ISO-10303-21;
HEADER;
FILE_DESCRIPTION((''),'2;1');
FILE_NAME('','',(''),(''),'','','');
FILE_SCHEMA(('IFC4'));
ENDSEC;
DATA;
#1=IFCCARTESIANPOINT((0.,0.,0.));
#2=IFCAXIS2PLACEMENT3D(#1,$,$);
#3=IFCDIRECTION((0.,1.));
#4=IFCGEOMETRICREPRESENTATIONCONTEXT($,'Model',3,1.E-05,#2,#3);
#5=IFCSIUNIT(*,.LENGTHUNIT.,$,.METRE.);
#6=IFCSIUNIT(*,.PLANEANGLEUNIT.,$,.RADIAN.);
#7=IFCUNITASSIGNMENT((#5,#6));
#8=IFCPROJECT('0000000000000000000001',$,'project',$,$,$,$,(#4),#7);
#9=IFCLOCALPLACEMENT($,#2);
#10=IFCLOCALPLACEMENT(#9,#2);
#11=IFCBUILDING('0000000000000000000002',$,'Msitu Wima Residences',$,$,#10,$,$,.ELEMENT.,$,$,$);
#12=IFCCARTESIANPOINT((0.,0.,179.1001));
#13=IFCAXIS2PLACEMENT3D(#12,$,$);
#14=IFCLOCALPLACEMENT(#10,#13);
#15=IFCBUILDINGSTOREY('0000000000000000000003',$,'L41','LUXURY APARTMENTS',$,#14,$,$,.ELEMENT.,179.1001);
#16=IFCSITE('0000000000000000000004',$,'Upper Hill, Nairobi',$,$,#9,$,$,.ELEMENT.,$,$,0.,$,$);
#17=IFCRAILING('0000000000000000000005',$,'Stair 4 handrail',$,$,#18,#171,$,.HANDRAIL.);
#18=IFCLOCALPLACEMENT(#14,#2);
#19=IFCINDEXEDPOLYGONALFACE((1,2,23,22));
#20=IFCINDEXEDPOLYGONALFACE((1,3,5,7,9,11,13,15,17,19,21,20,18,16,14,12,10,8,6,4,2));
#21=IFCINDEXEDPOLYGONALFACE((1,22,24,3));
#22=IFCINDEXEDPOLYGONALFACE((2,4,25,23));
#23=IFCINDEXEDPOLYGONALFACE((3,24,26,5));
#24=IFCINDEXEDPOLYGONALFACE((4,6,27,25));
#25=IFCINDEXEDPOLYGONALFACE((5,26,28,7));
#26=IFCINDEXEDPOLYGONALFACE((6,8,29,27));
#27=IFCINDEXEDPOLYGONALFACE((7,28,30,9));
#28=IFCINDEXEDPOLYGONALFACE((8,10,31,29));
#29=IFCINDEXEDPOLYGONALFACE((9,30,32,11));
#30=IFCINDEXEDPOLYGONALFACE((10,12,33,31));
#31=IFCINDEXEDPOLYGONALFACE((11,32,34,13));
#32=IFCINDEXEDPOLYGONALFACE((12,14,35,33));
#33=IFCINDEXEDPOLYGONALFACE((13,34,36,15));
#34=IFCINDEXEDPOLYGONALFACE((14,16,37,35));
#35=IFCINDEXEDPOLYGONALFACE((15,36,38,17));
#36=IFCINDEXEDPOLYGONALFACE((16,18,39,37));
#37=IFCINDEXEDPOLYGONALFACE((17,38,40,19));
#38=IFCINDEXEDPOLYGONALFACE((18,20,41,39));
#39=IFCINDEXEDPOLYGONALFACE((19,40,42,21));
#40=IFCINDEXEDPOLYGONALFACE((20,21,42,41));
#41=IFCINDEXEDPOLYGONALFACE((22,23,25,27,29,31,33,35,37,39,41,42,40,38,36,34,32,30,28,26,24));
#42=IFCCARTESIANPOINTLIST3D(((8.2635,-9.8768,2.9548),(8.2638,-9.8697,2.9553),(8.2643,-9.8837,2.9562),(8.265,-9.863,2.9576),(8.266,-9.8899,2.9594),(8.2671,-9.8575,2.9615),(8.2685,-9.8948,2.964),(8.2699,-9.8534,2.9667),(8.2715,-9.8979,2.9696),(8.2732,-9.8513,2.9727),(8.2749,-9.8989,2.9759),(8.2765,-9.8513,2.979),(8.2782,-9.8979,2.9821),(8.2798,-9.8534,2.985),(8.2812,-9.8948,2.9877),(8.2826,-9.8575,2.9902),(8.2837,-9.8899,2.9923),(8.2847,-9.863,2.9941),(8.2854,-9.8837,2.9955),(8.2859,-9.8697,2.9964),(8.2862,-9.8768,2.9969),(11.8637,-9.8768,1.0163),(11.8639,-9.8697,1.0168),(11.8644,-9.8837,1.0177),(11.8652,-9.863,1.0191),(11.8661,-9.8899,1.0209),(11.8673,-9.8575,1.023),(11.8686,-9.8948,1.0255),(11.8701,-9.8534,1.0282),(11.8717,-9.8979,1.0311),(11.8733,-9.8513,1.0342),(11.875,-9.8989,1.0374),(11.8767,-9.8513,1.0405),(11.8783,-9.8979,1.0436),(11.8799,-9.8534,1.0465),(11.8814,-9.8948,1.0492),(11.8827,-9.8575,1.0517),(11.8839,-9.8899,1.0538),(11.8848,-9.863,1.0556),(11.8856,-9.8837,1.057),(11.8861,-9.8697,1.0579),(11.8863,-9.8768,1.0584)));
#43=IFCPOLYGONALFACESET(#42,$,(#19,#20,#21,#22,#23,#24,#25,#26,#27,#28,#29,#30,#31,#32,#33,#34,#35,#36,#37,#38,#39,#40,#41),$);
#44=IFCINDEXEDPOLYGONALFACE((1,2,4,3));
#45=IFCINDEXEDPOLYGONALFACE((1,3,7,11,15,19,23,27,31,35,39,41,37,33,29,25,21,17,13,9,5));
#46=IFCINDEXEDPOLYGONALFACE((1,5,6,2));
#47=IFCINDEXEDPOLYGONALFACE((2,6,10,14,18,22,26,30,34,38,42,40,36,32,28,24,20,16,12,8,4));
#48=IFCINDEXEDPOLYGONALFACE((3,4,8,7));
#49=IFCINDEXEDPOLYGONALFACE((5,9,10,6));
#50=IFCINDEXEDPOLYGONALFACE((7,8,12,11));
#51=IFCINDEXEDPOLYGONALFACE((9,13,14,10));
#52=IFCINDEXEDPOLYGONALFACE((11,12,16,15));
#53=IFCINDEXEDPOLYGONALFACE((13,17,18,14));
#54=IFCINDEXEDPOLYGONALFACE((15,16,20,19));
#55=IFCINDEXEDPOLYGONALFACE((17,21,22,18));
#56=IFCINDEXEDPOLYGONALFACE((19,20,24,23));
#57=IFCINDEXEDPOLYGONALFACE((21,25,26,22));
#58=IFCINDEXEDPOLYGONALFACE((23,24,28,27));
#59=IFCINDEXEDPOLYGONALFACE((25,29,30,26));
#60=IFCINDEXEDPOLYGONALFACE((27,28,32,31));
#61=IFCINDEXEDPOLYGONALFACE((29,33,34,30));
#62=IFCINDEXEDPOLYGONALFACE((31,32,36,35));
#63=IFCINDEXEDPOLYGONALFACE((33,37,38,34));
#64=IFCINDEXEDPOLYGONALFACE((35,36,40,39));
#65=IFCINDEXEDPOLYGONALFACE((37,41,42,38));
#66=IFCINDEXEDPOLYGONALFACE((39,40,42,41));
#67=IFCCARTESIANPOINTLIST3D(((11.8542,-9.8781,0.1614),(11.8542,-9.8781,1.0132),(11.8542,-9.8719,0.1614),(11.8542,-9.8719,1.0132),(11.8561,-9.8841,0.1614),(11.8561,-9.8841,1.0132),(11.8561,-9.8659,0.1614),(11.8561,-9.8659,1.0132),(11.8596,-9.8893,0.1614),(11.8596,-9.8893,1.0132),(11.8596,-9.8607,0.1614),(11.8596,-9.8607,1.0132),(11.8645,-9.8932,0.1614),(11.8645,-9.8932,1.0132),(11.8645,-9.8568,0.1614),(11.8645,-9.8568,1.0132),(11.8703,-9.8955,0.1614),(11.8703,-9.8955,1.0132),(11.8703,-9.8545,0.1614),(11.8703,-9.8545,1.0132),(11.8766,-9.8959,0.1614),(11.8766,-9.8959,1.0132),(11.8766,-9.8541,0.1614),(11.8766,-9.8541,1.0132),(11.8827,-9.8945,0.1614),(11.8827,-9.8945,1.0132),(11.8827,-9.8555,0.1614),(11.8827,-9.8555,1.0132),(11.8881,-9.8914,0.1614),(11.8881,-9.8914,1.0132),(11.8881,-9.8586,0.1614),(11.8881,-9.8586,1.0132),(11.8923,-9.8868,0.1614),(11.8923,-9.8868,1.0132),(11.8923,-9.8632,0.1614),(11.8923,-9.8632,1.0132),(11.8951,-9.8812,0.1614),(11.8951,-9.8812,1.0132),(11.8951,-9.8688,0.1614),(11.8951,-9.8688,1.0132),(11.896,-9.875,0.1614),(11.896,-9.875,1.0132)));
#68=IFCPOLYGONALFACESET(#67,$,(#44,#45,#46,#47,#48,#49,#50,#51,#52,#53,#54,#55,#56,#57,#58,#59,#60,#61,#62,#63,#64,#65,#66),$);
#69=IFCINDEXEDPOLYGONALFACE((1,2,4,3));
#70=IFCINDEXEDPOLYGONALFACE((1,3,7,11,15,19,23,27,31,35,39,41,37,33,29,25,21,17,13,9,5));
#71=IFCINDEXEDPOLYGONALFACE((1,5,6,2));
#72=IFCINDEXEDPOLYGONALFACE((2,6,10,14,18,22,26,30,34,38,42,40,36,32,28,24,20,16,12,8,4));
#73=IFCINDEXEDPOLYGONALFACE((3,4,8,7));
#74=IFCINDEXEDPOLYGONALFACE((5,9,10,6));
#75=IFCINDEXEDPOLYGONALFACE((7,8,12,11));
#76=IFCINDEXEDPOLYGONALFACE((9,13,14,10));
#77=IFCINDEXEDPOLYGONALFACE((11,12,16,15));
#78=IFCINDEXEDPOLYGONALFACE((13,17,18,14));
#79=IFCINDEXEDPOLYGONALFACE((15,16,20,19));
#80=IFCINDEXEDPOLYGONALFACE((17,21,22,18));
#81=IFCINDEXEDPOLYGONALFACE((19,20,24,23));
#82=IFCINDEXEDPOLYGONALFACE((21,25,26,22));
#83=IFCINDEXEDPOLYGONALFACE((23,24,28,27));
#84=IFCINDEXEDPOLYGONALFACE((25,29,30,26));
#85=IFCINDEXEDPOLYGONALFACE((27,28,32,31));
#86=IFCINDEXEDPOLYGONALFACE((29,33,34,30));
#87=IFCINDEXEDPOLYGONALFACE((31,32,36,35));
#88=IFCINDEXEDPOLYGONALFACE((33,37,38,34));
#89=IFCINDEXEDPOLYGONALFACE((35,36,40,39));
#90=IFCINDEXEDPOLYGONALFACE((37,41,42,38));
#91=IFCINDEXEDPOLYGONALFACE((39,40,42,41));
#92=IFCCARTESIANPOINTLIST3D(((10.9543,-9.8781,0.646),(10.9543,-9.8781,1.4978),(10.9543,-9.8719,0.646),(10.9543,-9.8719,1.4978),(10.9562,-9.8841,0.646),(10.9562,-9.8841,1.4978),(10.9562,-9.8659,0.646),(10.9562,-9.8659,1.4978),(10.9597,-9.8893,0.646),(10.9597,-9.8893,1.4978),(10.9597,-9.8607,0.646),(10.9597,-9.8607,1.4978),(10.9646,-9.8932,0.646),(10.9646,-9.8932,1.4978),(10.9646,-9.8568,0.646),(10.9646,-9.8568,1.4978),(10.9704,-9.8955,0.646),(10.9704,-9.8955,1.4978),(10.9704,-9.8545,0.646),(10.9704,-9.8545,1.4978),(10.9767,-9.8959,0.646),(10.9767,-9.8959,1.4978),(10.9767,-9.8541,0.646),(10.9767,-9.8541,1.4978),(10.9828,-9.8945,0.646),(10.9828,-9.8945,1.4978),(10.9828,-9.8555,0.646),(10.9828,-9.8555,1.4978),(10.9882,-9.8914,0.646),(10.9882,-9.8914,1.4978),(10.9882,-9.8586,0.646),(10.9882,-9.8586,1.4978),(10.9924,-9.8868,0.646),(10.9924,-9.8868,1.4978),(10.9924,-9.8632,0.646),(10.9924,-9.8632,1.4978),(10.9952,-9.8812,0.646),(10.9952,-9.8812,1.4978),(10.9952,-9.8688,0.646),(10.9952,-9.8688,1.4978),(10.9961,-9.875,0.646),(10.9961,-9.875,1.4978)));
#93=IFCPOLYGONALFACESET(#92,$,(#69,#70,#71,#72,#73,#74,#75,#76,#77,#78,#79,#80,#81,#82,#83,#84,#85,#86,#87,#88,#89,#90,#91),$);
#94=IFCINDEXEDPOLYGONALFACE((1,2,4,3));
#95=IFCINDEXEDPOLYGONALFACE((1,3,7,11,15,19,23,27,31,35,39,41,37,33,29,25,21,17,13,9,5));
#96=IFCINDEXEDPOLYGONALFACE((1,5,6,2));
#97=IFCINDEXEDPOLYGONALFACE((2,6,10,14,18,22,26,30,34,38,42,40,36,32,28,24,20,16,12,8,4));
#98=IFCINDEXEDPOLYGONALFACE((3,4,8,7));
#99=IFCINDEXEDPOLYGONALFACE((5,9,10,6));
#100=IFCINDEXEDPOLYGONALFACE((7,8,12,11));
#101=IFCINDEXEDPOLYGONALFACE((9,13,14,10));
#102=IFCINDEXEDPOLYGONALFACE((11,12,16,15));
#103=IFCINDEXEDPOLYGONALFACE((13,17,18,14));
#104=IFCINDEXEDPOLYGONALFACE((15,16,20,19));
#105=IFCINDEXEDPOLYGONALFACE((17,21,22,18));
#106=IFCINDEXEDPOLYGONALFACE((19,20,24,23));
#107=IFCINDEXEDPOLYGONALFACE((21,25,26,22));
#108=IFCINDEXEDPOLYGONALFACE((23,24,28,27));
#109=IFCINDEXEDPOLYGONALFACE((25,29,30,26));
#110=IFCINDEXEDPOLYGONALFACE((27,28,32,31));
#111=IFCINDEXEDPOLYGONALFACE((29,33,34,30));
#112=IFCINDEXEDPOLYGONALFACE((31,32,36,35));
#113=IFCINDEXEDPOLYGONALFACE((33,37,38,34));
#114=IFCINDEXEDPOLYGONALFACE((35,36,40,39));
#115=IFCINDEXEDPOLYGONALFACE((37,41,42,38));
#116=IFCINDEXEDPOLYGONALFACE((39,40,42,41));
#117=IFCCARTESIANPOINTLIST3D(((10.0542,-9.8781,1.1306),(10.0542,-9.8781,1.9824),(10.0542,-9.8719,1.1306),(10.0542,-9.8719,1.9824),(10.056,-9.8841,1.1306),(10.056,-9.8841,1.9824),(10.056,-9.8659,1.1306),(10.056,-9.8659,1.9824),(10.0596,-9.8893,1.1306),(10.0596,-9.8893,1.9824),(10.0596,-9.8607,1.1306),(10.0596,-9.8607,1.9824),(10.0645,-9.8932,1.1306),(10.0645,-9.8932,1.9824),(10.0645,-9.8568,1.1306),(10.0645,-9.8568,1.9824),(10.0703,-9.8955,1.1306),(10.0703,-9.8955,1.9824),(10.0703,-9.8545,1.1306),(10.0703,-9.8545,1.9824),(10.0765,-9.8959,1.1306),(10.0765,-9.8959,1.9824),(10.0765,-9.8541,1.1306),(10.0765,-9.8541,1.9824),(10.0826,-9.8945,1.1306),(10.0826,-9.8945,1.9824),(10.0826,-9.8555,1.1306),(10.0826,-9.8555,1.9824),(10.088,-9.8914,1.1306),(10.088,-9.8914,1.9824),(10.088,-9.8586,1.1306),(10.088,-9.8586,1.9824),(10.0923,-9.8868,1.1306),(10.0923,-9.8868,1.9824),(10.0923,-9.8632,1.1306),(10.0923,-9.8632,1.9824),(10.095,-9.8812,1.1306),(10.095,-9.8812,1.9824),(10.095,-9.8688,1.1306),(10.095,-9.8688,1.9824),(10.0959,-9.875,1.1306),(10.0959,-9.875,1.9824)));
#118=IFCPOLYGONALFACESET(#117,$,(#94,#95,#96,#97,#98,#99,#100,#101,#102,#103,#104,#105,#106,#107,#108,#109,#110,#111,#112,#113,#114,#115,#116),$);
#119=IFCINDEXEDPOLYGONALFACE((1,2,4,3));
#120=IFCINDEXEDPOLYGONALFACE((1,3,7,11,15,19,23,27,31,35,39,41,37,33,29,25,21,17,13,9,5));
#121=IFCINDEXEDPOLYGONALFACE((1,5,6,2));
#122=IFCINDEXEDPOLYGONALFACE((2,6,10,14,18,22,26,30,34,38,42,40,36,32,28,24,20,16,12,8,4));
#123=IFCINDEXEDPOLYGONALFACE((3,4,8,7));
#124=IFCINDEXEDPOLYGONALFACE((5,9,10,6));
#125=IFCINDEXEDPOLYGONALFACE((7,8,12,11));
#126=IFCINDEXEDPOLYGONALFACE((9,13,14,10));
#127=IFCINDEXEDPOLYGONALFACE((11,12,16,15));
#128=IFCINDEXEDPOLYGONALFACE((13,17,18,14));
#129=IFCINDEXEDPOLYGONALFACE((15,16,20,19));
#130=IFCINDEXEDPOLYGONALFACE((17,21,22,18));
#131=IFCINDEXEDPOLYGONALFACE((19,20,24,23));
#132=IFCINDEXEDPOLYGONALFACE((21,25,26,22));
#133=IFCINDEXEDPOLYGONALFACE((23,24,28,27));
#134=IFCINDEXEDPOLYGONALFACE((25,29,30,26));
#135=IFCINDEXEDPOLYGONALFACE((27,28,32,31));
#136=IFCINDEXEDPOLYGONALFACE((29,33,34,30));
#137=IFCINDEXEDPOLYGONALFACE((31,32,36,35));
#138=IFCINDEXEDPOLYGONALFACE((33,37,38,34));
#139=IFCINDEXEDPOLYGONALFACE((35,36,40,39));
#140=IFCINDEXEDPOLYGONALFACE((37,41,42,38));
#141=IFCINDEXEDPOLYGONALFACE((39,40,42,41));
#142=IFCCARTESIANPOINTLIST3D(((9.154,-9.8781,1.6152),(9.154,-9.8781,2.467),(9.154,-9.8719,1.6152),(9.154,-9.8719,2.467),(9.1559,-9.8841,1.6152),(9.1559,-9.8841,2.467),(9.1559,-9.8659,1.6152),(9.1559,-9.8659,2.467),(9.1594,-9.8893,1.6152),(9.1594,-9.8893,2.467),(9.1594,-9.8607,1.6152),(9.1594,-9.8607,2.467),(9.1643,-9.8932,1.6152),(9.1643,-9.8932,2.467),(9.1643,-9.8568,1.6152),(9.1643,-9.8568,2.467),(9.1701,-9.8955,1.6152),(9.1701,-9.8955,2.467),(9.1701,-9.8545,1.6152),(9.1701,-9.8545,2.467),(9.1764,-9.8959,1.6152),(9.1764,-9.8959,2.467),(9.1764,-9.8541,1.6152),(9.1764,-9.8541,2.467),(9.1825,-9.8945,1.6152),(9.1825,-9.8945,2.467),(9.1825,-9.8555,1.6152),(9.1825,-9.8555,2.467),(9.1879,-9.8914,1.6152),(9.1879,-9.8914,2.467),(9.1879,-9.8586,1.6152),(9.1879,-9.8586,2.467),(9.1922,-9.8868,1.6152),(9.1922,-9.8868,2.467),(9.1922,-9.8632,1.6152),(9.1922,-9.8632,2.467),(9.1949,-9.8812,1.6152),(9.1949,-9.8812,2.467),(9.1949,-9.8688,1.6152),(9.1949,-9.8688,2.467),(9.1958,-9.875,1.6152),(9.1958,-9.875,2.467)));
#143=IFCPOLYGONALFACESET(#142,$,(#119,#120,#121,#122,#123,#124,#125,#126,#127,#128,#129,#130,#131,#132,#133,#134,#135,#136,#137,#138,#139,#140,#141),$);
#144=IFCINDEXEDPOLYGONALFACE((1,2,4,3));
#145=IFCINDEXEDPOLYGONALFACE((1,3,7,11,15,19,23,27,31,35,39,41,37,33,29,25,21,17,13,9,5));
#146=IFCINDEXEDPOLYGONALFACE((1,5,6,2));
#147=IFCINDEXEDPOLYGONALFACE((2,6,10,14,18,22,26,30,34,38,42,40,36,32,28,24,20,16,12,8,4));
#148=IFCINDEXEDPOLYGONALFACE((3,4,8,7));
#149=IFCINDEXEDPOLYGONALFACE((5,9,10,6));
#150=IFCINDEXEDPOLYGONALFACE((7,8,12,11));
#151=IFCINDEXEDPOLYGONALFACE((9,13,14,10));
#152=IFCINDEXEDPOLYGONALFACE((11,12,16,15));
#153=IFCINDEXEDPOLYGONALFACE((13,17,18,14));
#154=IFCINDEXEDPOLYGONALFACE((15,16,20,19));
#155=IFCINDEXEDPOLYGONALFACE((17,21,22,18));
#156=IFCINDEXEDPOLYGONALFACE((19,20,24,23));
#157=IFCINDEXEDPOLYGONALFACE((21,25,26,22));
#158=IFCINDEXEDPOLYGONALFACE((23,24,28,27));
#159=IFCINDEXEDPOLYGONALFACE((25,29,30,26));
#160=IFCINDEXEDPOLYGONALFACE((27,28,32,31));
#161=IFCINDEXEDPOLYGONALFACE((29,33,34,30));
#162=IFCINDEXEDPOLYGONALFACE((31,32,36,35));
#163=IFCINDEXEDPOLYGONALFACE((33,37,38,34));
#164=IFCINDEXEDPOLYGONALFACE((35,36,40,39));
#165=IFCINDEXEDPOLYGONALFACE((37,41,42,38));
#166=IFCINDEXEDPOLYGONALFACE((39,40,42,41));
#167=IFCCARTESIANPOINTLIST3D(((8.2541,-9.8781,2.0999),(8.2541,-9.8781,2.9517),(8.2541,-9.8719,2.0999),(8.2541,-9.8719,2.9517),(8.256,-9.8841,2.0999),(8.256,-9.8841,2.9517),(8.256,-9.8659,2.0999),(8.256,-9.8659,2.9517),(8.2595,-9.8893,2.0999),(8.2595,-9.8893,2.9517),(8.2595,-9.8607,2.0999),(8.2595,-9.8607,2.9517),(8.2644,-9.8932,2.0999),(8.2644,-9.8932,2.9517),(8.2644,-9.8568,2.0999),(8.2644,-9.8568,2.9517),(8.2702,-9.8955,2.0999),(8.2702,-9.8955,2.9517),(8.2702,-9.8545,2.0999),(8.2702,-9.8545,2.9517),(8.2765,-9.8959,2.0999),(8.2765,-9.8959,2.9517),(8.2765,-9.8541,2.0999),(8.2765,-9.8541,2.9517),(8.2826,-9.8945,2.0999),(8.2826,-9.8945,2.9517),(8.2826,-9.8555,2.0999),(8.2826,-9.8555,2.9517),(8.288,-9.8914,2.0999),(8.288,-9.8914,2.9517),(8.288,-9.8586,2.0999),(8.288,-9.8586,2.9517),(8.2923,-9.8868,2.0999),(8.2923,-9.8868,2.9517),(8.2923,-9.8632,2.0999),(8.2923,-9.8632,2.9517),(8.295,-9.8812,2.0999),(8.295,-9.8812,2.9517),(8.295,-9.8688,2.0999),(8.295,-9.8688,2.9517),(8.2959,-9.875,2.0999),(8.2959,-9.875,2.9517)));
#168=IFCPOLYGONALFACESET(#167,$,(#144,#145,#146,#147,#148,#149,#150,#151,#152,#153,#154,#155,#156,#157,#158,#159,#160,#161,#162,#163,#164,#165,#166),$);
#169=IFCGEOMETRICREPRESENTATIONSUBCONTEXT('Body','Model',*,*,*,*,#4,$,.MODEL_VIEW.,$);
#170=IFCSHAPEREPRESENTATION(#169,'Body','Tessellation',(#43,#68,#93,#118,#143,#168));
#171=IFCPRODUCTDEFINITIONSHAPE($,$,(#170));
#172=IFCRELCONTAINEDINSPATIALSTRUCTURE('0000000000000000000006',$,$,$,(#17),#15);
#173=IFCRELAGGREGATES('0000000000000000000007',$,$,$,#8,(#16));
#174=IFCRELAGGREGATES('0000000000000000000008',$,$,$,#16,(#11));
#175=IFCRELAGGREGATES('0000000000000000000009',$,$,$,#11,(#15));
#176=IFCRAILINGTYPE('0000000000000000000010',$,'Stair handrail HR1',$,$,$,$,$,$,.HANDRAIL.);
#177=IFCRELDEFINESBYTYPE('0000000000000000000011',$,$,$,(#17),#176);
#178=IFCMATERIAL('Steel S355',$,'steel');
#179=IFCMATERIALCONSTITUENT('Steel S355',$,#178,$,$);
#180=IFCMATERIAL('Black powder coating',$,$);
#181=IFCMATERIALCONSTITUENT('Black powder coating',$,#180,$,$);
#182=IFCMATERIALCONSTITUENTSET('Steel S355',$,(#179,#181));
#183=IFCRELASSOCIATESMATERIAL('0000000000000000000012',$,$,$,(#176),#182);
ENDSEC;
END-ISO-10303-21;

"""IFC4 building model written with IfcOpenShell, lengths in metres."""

from ifc_helpers import new_model, si_unit, direction, frame, origin, origin_2d, place, context, subcontext, project, spatial, circle, extrude, material, constituent, constituent_set, type_object, element, save


model = new_model("IFC4")

# Units and contexts
model_context = context("Model", 3, precision=1e-05, world=origin(), true_north=direction((0.0, 1.0)))
body_context = subcontext(model_context, "Body", "Model", "MODEL_VIEW")
ifc_project = project(units=[si_unit("LENGTHUNIT", "METRE"), si_unit("PLANEANGLEUNIT", "RADIAN")], contexts=[model_context])

# Site, building, storey
site_placement = place(None, origin())
site = spatial("IfcSite", under=ifc_project, at=site_placement, Name="Upper Hill, Nairobi", CompositionType="ELEMENT", RefElevation=0.0)
building_placement = place(site_placement, origin())
building = spatial("IfcBuilding", under=site, at=building_placement, Name="Msitu Wima Residences", CompositionType="ELEMENT")
storey_placement = place(building_placement, frame((0.0, 0.0, 179.1001)))
storey = spatial("IfcBuildingStorey", under=building, at=storey_placement, Name="L41", Description="LUXURY APARTMENTS", CompositionType="ELEMENT", Elevation=179.1001)

# Railing
ifc_material_1 = material(Name="Steel S355", Category="steel")
ifc_constituent_1 = constituent(ifc_material_1, Name="Steel S355")
ifc_material_2 = material(Name="Black powder coating")
ifc_constituent_2 = constituent(ifc_material_2, Name="Black powder coating")
ifc_constituent_set = constituent_set(constituents=[ifc_constituent_1, ifc_constituent_2], Name="Steel S355")
railing_type = type_object("IfcRailingType", Name="Stair handrail HR1", PredefinedType="HANDRAIL", material=ifc_constituent_set)
for number, where, name in (
    (1, (11.875, -9.875, 0.1614), "Stair 4 handrail"),
):
    element("IfcRailing", number, at=place(storey_placement, frame(where)), inside=storey, type_object=railing_type, Name=name, PredefinedType="HANDRAIL", context=body_context, shape_type="SweptSolid", body=[
        extrude(circle(Radius=0.0239, at=origin_2d()), frame((0.0, 0.0, 0.876), z_axis=(-0.880475, 0.0, 0.474093), x_axis=(0.0, -1.0, 0.0)), (0.0, 0.0, 1.0), 4.0889),
        extrude(circle(Radius=0.021, at=origin_2d()), origin(), (0.0, 0.0, 1.0), 0.8518),
        extrude(circle(Radius=0.021, at=origin_2d()), frame((-0.8999, 0.0, 0.4846)), (0.0, 0.0, 1.0), 0.8518),
        extrude(circle(Radius=0.021, at=origin_2d()), frame((-1.8, 0.0, 0.9692)), (0.0, 0.0, 1.0), 0.8518),
        extrude(circle(Radius=0.021, at=origin_2d()), frame((-2.7002, 0.0, 1.4539)), (0.0, 0.0, 1.0), 0.8518),
        extrude(circle(Radius=0.021, at=origin_2d()), frame((-3.6001, 0.0, 1.9385)), (0.0, 0.0, 1.0), 0.8518),
    ])

save(model, "model.ifc")
